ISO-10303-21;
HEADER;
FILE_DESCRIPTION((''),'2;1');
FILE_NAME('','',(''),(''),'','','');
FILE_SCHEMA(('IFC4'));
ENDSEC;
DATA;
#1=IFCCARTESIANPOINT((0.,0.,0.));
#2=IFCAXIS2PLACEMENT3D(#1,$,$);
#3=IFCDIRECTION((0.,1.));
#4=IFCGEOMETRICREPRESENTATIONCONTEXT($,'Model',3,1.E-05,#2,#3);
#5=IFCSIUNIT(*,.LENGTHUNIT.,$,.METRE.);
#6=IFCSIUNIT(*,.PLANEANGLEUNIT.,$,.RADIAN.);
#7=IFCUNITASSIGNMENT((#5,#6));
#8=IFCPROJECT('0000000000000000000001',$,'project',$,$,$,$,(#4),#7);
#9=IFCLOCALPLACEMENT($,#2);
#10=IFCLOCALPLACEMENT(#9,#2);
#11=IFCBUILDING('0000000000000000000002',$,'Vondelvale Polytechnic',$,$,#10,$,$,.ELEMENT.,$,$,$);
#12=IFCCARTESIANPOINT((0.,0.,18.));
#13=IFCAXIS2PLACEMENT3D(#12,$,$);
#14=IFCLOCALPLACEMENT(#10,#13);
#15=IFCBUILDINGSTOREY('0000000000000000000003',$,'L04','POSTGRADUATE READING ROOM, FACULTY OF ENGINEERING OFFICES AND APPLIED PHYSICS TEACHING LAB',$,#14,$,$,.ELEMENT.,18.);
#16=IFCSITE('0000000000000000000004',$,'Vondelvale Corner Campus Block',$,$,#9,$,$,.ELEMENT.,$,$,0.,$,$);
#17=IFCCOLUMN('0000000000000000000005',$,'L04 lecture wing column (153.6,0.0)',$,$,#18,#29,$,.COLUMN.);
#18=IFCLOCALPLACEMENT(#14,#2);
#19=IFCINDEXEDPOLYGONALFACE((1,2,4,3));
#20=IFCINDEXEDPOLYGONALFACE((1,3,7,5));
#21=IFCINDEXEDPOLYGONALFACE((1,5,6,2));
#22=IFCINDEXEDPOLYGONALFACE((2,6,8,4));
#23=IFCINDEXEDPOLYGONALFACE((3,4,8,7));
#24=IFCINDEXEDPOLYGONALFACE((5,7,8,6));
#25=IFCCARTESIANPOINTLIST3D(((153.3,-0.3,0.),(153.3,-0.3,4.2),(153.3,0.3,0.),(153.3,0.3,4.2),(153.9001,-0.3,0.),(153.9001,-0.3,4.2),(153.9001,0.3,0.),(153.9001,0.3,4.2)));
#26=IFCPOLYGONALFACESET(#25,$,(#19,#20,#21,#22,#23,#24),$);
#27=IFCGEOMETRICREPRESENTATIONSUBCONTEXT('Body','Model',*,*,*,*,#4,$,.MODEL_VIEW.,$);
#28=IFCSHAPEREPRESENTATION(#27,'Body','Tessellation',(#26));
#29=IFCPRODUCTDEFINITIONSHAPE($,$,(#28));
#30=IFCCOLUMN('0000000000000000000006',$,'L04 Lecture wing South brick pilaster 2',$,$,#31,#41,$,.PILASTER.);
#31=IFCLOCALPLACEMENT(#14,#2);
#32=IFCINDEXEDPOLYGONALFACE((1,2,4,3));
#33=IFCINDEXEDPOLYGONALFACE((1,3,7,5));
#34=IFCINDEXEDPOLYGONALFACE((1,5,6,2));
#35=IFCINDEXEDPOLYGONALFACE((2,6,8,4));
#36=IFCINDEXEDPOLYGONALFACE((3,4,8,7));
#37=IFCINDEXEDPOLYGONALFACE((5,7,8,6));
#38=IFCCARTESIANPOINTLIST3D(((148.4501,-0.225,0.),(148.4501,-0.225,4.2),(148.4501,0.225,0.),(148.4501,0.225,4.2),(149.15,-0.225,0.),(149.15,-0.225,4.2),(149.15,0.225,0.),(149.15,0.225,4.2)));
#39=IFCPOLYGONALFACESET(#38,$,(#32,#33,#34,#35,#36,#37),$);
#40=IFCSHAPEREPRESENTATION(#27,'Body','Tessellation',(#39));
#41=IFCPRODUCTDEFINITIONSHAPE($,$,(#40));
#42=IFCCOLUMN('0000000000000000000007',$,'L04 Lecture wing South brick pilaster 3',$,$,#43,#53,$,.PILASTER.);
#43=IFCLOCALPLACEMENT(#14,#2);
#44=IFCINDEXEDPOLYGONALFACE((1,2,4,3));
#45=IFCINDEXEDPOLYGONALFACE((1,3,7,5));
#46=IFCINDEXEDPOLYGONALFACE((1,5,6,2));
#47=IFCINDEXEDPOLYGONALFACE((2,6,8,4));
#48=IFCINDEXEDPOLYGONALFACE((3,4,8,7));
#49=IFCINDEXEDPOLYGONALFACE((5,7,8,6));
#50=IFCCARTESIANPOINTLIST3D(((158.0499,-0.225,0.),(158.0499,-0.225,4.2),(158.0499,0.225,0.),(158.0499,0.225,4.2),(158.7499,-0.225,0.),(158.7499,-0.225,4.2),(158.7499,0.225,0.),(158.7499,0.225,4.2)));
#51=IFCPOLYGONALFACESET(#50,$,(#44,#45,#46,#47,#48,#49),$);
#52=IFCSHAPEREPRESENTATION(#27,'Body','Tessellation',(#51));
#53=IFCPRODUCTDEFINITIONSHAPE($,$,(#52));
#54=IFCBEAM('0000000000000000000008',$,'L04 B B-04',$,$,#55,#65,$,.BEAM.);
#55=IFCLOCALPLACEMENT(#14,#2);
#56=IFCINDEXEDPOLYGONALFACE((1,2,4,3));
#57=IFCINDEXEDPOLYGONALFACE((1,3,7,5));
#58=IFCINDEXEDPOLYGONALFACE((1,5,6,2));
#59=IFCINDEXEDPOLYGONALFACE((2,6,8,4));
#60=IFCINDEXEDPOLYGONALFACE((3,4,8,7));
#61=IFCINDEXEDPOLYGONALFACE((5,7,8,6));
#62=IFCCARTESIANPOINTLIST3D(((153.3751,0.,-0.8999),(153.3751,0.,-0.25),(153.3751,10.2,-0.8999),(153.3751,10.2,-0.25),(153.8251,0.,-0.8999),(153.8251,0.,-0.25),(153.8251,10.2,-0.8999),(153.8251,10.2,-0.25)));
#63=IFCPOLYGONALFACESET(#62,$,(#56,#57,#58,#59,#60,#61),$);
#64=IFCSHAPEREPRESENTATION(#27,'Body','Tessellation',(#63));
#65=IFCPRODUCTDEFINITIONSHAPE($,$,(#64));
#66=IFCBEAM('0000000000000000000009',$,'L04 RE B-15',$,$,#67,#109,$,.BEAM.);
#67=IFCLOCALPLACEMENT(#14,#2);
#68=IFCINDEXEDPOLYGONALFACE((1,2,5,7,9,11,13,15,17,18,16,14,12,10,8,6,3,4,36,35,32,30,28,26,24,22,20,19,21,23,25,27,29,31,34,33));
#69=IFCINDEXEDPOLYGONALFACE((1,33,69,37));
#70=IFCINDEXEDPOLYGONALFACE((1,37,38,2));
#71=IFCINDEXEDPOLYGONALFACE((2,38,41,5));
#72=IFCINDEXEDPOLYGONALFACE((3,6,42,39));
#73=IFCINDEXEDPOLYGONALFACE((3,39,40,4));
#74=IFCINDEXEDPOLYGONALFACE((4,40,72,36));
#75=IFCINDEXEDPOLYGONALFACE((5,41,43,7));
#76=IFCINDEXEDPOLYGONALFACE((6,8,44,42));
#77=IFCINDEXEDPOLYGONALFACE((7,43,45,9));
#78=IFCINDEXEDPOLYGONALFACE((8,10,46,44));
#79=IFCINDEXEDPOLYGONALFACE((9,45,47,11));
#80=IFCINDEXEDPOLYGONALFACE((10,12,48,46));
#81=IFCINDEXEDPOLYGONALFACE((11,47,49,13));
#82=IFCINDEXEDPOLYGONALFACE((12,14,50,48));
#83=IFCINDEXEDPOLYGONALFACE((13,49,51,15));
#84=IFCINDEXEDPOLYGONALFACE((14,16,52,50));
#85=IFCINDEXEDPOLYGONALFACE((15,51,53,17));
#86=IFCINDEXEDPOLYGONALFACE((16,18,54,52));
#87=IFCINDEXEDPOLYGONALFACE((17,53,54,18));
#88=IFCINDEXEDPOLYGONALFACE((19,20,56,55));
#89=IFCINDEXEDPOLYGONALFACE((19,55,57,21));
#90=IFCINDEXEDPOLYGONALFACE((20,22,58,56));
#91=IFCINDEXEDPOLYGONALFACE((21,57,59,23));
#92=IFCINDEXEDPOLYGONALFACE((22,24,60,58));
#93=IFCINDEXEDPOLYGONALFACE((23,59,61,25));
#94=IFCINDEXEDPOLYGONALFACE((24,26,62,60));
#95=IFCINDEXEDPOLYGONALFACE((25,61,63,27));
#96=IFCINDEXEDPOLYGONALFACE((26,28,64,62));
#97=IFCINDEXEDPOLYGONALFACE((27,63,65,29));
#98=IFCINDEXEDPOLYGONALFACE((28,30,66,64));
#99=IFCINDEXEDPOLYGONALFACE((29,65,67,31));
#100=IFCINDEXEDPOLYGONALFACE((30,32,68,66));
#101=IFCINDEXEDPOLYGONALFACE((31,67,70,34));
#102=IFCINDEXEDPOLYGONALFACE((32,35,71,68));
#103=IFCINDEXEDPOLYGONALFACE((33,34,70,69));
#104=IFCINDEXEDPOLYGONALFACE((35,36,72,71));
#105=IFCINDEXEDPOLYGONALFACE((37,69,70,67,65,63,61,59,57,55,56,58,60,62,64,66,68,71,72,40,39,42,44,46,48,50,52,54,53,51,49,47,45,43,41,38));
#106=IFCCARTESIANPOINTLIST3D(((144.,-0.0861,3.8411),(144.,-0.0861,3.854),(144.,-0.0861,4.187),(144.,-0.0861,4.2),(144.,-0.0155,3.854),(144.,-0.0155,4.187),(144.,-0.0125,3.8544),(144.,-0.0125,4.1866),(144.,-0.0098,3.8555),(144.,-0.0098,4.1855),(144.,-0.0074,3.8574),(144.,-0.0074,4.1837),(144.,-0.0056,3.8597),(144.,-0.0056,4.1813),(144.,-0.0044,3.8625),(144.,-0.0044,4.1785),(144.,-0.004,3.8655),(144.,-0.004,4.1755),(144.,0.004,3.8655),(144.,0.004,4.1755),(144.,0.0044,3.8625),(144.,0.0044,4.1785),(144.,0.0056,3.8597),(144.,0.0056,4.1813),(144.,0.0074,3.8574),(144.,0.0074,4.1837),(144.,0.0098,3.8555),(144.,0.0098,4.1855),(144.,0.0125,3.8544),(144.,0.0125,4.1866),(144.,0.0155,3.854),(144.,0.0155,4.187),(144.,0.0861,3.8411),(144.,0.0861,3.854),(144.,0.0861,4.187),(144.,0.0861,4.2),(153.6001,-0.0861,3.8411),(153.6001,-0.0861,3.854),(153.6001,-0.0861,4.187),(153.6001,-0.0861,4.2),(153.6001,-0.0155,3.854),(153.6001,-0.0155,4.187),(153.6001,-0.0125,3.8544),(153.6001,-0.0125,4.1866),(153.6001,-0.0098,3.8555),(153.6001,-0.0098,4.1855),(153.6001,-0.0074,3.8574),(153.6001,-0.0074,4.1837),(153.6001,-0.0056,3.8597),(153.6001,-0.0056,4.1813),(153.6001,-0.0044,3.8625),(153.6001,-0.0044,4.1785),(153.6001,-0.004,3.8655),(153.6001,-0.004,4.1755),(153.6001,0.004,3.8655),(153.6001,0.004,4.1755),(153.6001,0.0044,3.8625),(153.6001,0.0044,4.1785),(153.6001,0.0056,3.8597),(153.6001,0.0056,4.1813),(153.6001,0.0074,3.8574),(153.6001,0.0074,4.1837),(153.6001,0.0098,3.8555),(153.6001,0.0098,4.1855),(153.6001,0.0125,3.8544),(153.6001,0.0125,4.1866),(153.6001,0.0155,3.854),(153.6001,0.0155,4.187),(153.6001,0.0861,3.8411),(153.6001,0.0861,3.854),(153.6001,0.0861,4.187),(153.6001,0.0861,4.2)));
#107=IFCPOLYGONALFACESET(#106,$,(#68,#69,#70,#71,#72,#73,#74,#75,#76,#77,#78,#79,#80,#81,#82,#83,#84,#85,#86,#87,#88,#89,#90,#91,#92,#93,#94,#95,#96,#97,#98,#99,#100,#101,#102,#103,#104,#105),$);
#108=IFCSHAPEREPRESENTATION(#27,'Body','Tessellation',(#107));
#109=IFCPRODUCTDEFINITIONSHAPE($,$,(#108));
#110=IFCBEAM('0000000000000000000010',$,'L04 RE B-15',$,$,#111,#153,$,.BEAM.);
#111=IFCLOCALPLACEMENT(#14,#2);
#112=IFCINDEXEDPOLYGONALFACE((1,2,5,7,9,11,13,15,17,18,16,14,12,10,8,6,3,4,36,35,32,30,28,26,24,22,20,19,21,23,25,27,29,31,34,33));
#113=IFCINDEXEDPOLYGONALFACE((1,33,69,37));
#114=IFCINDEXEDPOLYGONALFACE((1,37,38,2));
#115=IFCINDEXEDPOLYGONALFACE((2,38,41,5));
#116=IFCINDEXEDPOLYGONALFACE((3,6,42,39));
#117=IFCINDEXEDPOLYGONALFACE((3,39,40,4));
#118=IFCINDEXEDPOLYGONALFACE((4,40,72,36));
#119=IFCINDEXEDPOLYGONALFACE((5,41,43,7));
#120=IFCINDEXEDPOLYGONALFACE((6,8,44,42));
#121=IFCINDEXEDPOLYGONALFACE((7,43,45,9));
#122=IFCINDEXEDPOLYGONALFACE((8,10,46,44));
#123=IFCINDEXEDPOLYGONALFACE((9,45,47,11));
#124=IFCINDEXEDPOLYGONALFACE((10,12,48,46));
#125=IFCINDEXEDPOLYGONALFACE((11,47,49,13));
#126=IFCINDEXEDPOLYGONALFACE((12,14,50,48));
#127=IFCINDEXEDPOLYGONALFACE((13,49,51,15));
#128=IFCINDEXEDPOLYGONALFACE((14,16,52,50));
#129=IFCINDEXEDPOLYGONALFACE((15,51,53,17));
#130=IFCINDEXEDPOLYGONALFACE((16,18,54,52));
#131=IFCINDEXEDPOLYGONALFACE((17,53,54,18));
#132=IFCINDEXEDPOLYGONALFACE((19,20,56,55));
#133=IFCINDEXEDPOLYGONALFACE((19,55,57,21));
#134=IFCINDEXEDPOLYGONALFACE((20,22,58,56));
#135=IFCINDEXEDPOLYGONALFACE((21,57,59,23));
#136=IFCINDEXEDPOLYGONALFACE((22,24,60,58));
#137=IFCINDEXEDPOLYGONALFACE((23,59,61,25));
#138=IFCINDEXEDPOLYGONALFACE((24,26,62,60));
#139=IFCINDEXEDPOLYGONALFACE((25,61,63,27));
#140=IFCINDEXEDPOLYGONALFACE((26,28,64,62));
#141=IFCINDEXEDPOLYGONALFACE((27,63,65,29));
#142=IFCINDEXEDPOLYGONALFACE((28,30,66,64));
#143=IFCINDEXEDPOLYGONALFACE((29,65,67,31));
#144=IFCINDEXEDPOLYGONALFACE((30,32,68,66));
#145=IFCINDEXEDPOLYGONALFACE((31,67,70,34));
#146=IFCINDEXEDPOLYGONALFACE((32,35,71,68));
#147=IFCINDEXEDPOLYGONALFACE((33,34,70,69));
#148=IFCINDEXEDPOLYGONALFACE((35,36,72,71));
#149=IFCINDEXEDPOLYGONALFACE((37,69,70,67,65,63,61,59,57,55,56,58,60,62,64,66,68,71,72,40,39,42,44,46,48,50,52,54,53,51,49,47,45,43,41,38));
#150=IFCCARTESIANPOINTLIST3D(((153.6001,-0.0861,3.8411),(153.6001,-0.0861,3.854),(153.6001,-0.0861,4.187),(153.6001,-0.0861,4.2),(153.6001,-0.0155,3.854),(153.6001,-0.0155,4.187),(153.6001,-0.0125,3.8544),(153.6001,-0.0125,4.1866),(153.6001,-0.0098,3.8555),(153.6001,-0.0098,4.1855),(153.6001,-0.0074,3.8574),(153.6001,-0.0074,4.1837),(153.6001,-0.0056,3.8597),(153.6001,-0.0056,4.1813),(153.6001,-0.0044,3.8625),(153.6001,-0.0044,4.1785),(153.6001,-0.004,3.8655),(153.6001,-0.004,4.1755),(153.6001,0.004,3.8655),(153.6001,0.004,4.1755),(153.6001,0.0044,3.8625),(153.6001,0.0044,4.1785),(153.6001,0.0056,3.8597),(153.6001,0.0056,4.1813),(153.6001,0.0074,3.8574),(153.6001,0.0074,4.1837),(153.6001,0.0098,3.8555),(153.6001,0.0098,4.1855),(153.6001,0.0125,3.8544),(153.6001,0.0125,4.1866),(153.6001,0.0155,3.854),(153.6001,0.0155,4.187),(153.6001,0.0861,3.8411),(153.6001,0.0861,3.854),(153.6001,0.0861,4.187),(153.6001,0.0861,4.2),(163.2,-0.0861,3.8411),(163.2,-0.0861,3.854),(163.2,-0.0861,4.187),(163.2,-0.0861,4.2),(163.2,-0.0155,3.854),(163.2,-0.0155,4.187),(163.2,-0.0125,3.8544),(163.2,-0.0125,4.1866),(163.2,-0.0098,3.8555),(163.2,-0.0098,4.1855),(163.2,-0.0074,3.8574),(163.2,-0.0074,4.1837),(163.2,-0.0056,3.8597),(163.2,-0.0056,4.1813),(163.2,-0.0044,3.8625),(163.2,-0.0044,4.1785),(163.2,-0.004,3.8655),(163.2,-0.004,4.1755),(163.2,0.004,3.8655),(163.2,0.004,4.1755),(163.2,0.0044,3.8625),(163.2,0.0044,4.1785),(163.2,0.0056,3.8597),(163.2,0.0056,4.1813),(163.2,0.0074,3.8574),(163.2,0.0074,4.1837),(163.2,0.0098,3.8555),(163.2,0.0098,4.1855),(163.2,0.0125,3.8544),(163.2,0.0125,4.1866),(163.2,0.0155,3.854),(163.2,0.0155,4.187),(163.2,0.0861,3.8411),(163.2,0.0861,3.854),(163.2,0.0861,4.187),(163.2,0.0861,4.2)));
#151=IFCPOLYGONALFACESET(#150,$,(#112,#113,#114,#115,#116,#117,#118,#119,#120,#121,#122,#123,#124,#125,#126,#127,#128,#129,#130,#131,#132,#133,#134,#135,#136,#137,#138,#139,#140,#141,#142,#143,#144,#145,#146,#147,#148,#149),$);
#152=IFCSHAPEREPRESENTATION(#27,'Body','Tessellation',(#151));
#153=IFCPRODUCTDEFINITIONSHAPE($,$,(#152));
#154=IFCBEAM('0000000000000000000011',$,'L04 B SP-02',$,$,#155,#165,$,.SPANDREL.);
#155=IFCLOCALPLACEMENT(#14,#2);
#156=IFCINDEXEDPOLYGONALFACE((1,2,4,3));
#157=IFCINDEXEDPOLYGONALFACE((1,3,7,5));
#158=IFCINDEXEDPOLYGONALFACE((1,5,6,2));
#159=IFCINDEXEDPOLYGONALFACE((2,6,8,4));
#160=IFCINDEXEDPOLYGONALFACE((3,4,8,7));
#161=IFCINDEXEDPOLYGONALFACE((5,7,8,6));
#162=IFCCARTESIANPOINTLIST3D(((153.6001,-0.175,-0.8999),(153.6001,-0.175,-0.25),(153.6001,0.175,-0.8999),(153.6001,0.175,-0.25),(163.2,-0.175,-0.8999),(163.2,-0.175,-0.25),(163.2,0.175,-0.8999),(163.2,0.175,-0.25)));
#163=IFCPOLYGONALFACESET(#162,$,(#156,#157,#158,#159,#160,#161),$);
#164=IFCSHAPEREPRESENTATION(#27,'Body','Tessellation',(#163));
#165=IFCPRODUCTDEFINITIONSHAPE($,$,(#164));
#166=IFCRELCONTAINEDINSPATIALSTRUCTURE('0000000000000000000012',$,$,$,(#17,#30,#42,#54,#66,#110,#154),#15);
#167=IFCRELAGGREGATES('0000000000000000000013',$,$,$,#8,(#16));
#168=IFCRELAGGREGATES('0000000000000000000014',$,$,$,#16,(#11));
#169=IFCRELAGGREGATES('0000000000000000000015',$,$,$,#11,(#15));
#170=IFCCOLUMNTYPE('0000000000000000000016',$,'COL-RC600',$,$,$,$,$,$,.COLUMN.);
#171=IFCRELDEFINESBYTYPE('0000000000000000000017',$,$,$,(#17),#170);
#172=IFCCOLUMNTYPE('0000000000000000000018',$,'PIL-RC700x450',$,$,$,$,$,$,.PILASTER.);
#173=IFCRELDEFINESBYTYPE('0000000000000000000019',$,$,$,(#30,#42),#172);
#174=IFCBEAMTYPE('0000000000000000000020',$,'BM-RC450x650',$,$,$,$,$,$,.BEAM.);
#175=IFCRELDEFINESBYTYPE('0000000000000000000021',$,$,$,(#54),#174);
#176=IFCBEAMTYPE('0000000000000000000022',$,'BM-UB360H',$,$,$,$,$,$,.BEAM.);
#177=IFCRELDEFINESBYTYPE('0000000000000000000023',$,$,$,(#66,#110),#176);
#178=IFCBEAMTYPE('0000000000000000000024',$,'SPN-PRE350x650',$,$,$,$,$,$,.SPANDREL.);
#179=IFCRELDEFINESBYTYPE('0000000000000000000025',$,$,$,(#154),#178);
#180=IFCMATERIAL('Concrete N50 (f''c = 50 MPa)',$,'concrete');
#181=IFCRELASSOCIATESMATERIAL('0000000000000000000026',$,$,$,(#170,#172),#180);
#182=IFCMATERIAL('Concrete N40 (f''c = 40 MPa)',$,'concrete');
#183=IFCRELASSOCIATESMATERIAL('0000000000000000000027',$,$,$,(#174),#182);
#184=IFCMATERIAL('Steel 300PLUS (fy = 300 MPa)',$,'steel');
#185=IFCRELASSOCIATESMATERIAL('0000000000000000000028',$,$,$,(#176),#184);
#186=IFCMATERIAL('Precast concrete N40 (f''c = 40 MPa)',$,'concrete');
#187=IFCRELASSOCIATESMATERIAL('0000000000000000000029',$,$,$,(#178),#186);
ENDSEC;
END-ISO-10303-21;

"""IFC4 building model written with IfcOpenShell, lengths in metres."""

from ifc_helpers import new_model, si_unit, direction, frame, origin, origin_2d, place, context, subcontext, project, spatial, rectangle, i_section, extrude, material, material_profile, profile_set, type_object, element, save


model = new_model("IFC4")

# Units and contexts
model_context = context("Model", 3, precision=1e-05, world=origin(), true_north=direction((0.0, 1.0)))
body_context = subcontext(model_context, "Body", "Model", "MODEL_VIEW")
ifc_project = project(units=[si_unit("LENGTHUNIT", "METRE"), si_unit("PLANEANGLEUNIT", "RADIAN")], contexts=[model_context])

# Site, building, storey
site_placement = place(None, origin())
site = spatial("IfcSite", under=ifc_project, at=site_placement, Name="Vondelvale Corner Campus Block", CompositionType="ELEMENT", RefElevation=0.0)
building_placement = place(site_placement, origin())
building = spatial("IfcBuilding", under=site, at=building_placement, Name="Vondelvale Polytechnic", CompositionType="ELEMENT")
storey_placement = place(building_placement, frame((0.0, 0.0, 18.0)))
storey = spatial("IfcBuildingStorey", under=building, at=storey_placement, Name="L04", Description="POSTGRADUATE READING ROOM, FACULTY OF ENGINEERING OFFICES AND APPLIED PHYSICS TEACHING LAB", CompositionType="ELEMENT", Elevation=18.0)

# Columns
ifc_material_1 = material(Name="Concrete N50 (f'c = 50 MPa)", Category="concrete")
ifc_material_profile_1 = material_profile(ifc_material_1, rectangle(XDim=0.6001, YDim=0.6001, at=origin_2d()), Name="RC-COL-600x600")
ifc_profile_set_1 = profile_set([ifc_material_profile_1], Name="Concrete N50 (f'c = 50 MPa)")
column_type_1 = type_object("IfcColumnType", Name="COL-RC600", PredefinedType="COLUMN", material=ifc_profile_set_1)
column_placement = place(storey_placement, frame((153.6001, 0.0, 0.0), z_axis=(0.0, 0.0, 1.0), x_axis=(1.0, 0.0, 0.0)))
element("IfcColumn", 1, at=column_placement, inside=storey, type_object=column_type_1, Name="L04 lecture wing column (153.6,0.0)", PredefinedType="COLUMN", context=body_context, shape_type="SweptSolid", body=[
    extrude(rectangle(XDim=0.6001, YDim=0.6001, at=origin_2d()), origin(), (0.0, 0.0, 1.0), 4.2),
])
ifc_material_profile_2 = material_profile(ifc_material_1, rectangle(XDim=0.45, YDim=0.7, at=origin_2d()), Name="RC-PIL-700x450")
ifc_profile_set_2 = profile_set([ifc_material_profile_2], Name="Concrete N50 (f'c = 50 MPa)")
column_type_2 = type_object("IfcColumnType", Name="PIL-RC700x450", PredefinedType="PILASTER", material=ifc_profile_set_2)
for number, where, z_axis, x_axis, name in (
    (2, (148.8, 0.0, 0.0), (0.0, 0.0, 1.0), (0.0, 1.0, 0.0), "L04 Lecture wing South brick pilaster 2"),
    (3, (158.3999, 0.0, 0.0), (0.0, 0.0, 1.0), (0.0, 1.0, 0.0), "L04 Lecture wing South brick pilaster 3"),
):
    element("IfcColumn", number, at=place(storey_placement, frame(where, z_axis=z_axis, x_axis=x_axis)), inside=storey, type_object=column_type_2, Name=name, PredefinedType="PILASTER", context=body_context, shape_type="SweptSolid", body=[
        extrude(rectangle(XDim=0.45, YDim=0.7, at=origin_2d()), origin(), (0.0, 0.0, 1.0), 4.2),
    ])

# Beams
ifc_material_2 = material(Name="Concrete N40 (f'c = 40 MPa)", Category="concrete")
ifc_material_profile_3 = material_profile(ifc_material_2, rectangle(XDim=0.45, YDim=0.6499, at=origin_2d()), Name="RC-BM-450x650")
ifc_profile_set_3 = profile_set([ifc_material_profile_3], Name="Concrete N40 (f'c = 40 MPa)")
beam_type_1 = type_object("IfcBeamType", Name="BM-RC450x650", PredefinedType="BEAM", material=ifc_profile_set_3)
beam_1_placement = place(storey_placement, frame((153.6001, 0.0, -0.575), z_axis=(0.0, 1.0, 0.0), x_axis=(-1.0, 0.0, 0.0)))
element("IfcBeam", 4, at=beam_1_placement, inside=storey, type_object=beam_type_1, Name="L04 B B-04", PredefinedType="BEAM", context=body_context, shape_type="SweptSolid", body=[
    extrude(rectangle(XDim=0.45, YDim=0.6499, at=origin_2d()), origin(), (0.0, 0.0, 1.0), 10.2),
])
ifc_material_3 = material(Name="Steel 300PLUS (fy = 300 MPa)", Category="steel")
ifc_material_profile_4 = material_profile(ifc_material_3, i_section(OverallWidth=0.1721, OverallDepth=0.3589, WebThickness=0.0081, FlangeThickness=0.0129, FilletRadius=0.0115, at=origin_2d()), Name="360UB56.7")
ifc_profile_set_4 = profile_set([ifc_material_profile_4], Name="Steel 300PLUS (fy = 300 MPa)")
beam_type_2 = type_object("IfcBeamType", Name="BM-UB360H", PredefinedType="BEAM", material=ifc_profile_set_4)
beam_2_placement = place(storey_placement, frame((144.0, 0.0, 4.0205), z_axis=(1.0, 0.0, 0.0), x_axis=(0.0, 1.0, 0.0)))
element("IfcBeam", 5, at=beam_2_placement, inside=storey, type_object=beam_type_2, Name="L04 RE B-15", PredefinedType="BEAM", context=body_context, shape_type="SweptSolid", body=[
    extrude(i_section(OverallWidth=0.1721, OverallDepth=0.3589, WebThickness=0.0081, FlangeThickness=0.0129, FilletRadius=0.0115, at=origin_2d()), origin(), (0.0, 0.0, 1.0), 9.6001),
])
beam_3_placement = place(storey_placement, frame((153.6001, 0.0, 4.0205), z_axis=(1.0, 0.0, 0.0), x_axis=(0.0, 1.0, 0.0)))
element("IfcBeam", 6, at=beam_3_placement, inside=storey, type_object=beam_type_2, Name="L04 RE B-15", PredefinedType="BEAM", context=body_context, shape_type="SweptSolid", body=[
    extrude(i_section(OverallWidth=0.1721, OverallDepth=0.3589, WebThickness=0.0081, FlangeThickness=0.0129, FilletRadius=0.0115, at=origin_2d()), origin(), (0.0, 0.0, 1.0), 9.5999),
])
ifc_material_4 = material(Name="Precast concrete N40 (f'c = 40 MPa)", Category="concrete")
ifc_material_profile_5 = material_profile(ifc_material_4, rectangle(XDim=0.3501, YDim=0.6499, at=origin_2d()), Name="RC-SPN-350x650")
ifc_profile_set_5 = profile_set([ifc_material_profile_5], Name="Precast concrete N40 (f'c = 40 MPa)")
beam_type_3 = type_object("IfcBeamType", Name="SPN-PRE350x650", PredefinedType="SPANDREL", material=ifc_profile_set_5)
beam_4_placement = place(storey_placement, frame((153.6001, 0.0, -0.575), z_axis=(1.0, 0.0, 0.0), x_axis=(0.0, 1.0, 0.0)))
element("IfcBeam", 7, at=beam_4_placement, inside=storey, type_object=beam_type_3, Name="L04 B SP-02", PredefinedType="SPANDREL", context=body_context, shape_type="SweptSolid", body=[
    extrude(rectangle(XDim=0.3501, YDim=0.6499, at=origin_2d()), origin(), (0.0, 0.0, 1.0), 9.5999),
])

save(model, "model.ifc")
